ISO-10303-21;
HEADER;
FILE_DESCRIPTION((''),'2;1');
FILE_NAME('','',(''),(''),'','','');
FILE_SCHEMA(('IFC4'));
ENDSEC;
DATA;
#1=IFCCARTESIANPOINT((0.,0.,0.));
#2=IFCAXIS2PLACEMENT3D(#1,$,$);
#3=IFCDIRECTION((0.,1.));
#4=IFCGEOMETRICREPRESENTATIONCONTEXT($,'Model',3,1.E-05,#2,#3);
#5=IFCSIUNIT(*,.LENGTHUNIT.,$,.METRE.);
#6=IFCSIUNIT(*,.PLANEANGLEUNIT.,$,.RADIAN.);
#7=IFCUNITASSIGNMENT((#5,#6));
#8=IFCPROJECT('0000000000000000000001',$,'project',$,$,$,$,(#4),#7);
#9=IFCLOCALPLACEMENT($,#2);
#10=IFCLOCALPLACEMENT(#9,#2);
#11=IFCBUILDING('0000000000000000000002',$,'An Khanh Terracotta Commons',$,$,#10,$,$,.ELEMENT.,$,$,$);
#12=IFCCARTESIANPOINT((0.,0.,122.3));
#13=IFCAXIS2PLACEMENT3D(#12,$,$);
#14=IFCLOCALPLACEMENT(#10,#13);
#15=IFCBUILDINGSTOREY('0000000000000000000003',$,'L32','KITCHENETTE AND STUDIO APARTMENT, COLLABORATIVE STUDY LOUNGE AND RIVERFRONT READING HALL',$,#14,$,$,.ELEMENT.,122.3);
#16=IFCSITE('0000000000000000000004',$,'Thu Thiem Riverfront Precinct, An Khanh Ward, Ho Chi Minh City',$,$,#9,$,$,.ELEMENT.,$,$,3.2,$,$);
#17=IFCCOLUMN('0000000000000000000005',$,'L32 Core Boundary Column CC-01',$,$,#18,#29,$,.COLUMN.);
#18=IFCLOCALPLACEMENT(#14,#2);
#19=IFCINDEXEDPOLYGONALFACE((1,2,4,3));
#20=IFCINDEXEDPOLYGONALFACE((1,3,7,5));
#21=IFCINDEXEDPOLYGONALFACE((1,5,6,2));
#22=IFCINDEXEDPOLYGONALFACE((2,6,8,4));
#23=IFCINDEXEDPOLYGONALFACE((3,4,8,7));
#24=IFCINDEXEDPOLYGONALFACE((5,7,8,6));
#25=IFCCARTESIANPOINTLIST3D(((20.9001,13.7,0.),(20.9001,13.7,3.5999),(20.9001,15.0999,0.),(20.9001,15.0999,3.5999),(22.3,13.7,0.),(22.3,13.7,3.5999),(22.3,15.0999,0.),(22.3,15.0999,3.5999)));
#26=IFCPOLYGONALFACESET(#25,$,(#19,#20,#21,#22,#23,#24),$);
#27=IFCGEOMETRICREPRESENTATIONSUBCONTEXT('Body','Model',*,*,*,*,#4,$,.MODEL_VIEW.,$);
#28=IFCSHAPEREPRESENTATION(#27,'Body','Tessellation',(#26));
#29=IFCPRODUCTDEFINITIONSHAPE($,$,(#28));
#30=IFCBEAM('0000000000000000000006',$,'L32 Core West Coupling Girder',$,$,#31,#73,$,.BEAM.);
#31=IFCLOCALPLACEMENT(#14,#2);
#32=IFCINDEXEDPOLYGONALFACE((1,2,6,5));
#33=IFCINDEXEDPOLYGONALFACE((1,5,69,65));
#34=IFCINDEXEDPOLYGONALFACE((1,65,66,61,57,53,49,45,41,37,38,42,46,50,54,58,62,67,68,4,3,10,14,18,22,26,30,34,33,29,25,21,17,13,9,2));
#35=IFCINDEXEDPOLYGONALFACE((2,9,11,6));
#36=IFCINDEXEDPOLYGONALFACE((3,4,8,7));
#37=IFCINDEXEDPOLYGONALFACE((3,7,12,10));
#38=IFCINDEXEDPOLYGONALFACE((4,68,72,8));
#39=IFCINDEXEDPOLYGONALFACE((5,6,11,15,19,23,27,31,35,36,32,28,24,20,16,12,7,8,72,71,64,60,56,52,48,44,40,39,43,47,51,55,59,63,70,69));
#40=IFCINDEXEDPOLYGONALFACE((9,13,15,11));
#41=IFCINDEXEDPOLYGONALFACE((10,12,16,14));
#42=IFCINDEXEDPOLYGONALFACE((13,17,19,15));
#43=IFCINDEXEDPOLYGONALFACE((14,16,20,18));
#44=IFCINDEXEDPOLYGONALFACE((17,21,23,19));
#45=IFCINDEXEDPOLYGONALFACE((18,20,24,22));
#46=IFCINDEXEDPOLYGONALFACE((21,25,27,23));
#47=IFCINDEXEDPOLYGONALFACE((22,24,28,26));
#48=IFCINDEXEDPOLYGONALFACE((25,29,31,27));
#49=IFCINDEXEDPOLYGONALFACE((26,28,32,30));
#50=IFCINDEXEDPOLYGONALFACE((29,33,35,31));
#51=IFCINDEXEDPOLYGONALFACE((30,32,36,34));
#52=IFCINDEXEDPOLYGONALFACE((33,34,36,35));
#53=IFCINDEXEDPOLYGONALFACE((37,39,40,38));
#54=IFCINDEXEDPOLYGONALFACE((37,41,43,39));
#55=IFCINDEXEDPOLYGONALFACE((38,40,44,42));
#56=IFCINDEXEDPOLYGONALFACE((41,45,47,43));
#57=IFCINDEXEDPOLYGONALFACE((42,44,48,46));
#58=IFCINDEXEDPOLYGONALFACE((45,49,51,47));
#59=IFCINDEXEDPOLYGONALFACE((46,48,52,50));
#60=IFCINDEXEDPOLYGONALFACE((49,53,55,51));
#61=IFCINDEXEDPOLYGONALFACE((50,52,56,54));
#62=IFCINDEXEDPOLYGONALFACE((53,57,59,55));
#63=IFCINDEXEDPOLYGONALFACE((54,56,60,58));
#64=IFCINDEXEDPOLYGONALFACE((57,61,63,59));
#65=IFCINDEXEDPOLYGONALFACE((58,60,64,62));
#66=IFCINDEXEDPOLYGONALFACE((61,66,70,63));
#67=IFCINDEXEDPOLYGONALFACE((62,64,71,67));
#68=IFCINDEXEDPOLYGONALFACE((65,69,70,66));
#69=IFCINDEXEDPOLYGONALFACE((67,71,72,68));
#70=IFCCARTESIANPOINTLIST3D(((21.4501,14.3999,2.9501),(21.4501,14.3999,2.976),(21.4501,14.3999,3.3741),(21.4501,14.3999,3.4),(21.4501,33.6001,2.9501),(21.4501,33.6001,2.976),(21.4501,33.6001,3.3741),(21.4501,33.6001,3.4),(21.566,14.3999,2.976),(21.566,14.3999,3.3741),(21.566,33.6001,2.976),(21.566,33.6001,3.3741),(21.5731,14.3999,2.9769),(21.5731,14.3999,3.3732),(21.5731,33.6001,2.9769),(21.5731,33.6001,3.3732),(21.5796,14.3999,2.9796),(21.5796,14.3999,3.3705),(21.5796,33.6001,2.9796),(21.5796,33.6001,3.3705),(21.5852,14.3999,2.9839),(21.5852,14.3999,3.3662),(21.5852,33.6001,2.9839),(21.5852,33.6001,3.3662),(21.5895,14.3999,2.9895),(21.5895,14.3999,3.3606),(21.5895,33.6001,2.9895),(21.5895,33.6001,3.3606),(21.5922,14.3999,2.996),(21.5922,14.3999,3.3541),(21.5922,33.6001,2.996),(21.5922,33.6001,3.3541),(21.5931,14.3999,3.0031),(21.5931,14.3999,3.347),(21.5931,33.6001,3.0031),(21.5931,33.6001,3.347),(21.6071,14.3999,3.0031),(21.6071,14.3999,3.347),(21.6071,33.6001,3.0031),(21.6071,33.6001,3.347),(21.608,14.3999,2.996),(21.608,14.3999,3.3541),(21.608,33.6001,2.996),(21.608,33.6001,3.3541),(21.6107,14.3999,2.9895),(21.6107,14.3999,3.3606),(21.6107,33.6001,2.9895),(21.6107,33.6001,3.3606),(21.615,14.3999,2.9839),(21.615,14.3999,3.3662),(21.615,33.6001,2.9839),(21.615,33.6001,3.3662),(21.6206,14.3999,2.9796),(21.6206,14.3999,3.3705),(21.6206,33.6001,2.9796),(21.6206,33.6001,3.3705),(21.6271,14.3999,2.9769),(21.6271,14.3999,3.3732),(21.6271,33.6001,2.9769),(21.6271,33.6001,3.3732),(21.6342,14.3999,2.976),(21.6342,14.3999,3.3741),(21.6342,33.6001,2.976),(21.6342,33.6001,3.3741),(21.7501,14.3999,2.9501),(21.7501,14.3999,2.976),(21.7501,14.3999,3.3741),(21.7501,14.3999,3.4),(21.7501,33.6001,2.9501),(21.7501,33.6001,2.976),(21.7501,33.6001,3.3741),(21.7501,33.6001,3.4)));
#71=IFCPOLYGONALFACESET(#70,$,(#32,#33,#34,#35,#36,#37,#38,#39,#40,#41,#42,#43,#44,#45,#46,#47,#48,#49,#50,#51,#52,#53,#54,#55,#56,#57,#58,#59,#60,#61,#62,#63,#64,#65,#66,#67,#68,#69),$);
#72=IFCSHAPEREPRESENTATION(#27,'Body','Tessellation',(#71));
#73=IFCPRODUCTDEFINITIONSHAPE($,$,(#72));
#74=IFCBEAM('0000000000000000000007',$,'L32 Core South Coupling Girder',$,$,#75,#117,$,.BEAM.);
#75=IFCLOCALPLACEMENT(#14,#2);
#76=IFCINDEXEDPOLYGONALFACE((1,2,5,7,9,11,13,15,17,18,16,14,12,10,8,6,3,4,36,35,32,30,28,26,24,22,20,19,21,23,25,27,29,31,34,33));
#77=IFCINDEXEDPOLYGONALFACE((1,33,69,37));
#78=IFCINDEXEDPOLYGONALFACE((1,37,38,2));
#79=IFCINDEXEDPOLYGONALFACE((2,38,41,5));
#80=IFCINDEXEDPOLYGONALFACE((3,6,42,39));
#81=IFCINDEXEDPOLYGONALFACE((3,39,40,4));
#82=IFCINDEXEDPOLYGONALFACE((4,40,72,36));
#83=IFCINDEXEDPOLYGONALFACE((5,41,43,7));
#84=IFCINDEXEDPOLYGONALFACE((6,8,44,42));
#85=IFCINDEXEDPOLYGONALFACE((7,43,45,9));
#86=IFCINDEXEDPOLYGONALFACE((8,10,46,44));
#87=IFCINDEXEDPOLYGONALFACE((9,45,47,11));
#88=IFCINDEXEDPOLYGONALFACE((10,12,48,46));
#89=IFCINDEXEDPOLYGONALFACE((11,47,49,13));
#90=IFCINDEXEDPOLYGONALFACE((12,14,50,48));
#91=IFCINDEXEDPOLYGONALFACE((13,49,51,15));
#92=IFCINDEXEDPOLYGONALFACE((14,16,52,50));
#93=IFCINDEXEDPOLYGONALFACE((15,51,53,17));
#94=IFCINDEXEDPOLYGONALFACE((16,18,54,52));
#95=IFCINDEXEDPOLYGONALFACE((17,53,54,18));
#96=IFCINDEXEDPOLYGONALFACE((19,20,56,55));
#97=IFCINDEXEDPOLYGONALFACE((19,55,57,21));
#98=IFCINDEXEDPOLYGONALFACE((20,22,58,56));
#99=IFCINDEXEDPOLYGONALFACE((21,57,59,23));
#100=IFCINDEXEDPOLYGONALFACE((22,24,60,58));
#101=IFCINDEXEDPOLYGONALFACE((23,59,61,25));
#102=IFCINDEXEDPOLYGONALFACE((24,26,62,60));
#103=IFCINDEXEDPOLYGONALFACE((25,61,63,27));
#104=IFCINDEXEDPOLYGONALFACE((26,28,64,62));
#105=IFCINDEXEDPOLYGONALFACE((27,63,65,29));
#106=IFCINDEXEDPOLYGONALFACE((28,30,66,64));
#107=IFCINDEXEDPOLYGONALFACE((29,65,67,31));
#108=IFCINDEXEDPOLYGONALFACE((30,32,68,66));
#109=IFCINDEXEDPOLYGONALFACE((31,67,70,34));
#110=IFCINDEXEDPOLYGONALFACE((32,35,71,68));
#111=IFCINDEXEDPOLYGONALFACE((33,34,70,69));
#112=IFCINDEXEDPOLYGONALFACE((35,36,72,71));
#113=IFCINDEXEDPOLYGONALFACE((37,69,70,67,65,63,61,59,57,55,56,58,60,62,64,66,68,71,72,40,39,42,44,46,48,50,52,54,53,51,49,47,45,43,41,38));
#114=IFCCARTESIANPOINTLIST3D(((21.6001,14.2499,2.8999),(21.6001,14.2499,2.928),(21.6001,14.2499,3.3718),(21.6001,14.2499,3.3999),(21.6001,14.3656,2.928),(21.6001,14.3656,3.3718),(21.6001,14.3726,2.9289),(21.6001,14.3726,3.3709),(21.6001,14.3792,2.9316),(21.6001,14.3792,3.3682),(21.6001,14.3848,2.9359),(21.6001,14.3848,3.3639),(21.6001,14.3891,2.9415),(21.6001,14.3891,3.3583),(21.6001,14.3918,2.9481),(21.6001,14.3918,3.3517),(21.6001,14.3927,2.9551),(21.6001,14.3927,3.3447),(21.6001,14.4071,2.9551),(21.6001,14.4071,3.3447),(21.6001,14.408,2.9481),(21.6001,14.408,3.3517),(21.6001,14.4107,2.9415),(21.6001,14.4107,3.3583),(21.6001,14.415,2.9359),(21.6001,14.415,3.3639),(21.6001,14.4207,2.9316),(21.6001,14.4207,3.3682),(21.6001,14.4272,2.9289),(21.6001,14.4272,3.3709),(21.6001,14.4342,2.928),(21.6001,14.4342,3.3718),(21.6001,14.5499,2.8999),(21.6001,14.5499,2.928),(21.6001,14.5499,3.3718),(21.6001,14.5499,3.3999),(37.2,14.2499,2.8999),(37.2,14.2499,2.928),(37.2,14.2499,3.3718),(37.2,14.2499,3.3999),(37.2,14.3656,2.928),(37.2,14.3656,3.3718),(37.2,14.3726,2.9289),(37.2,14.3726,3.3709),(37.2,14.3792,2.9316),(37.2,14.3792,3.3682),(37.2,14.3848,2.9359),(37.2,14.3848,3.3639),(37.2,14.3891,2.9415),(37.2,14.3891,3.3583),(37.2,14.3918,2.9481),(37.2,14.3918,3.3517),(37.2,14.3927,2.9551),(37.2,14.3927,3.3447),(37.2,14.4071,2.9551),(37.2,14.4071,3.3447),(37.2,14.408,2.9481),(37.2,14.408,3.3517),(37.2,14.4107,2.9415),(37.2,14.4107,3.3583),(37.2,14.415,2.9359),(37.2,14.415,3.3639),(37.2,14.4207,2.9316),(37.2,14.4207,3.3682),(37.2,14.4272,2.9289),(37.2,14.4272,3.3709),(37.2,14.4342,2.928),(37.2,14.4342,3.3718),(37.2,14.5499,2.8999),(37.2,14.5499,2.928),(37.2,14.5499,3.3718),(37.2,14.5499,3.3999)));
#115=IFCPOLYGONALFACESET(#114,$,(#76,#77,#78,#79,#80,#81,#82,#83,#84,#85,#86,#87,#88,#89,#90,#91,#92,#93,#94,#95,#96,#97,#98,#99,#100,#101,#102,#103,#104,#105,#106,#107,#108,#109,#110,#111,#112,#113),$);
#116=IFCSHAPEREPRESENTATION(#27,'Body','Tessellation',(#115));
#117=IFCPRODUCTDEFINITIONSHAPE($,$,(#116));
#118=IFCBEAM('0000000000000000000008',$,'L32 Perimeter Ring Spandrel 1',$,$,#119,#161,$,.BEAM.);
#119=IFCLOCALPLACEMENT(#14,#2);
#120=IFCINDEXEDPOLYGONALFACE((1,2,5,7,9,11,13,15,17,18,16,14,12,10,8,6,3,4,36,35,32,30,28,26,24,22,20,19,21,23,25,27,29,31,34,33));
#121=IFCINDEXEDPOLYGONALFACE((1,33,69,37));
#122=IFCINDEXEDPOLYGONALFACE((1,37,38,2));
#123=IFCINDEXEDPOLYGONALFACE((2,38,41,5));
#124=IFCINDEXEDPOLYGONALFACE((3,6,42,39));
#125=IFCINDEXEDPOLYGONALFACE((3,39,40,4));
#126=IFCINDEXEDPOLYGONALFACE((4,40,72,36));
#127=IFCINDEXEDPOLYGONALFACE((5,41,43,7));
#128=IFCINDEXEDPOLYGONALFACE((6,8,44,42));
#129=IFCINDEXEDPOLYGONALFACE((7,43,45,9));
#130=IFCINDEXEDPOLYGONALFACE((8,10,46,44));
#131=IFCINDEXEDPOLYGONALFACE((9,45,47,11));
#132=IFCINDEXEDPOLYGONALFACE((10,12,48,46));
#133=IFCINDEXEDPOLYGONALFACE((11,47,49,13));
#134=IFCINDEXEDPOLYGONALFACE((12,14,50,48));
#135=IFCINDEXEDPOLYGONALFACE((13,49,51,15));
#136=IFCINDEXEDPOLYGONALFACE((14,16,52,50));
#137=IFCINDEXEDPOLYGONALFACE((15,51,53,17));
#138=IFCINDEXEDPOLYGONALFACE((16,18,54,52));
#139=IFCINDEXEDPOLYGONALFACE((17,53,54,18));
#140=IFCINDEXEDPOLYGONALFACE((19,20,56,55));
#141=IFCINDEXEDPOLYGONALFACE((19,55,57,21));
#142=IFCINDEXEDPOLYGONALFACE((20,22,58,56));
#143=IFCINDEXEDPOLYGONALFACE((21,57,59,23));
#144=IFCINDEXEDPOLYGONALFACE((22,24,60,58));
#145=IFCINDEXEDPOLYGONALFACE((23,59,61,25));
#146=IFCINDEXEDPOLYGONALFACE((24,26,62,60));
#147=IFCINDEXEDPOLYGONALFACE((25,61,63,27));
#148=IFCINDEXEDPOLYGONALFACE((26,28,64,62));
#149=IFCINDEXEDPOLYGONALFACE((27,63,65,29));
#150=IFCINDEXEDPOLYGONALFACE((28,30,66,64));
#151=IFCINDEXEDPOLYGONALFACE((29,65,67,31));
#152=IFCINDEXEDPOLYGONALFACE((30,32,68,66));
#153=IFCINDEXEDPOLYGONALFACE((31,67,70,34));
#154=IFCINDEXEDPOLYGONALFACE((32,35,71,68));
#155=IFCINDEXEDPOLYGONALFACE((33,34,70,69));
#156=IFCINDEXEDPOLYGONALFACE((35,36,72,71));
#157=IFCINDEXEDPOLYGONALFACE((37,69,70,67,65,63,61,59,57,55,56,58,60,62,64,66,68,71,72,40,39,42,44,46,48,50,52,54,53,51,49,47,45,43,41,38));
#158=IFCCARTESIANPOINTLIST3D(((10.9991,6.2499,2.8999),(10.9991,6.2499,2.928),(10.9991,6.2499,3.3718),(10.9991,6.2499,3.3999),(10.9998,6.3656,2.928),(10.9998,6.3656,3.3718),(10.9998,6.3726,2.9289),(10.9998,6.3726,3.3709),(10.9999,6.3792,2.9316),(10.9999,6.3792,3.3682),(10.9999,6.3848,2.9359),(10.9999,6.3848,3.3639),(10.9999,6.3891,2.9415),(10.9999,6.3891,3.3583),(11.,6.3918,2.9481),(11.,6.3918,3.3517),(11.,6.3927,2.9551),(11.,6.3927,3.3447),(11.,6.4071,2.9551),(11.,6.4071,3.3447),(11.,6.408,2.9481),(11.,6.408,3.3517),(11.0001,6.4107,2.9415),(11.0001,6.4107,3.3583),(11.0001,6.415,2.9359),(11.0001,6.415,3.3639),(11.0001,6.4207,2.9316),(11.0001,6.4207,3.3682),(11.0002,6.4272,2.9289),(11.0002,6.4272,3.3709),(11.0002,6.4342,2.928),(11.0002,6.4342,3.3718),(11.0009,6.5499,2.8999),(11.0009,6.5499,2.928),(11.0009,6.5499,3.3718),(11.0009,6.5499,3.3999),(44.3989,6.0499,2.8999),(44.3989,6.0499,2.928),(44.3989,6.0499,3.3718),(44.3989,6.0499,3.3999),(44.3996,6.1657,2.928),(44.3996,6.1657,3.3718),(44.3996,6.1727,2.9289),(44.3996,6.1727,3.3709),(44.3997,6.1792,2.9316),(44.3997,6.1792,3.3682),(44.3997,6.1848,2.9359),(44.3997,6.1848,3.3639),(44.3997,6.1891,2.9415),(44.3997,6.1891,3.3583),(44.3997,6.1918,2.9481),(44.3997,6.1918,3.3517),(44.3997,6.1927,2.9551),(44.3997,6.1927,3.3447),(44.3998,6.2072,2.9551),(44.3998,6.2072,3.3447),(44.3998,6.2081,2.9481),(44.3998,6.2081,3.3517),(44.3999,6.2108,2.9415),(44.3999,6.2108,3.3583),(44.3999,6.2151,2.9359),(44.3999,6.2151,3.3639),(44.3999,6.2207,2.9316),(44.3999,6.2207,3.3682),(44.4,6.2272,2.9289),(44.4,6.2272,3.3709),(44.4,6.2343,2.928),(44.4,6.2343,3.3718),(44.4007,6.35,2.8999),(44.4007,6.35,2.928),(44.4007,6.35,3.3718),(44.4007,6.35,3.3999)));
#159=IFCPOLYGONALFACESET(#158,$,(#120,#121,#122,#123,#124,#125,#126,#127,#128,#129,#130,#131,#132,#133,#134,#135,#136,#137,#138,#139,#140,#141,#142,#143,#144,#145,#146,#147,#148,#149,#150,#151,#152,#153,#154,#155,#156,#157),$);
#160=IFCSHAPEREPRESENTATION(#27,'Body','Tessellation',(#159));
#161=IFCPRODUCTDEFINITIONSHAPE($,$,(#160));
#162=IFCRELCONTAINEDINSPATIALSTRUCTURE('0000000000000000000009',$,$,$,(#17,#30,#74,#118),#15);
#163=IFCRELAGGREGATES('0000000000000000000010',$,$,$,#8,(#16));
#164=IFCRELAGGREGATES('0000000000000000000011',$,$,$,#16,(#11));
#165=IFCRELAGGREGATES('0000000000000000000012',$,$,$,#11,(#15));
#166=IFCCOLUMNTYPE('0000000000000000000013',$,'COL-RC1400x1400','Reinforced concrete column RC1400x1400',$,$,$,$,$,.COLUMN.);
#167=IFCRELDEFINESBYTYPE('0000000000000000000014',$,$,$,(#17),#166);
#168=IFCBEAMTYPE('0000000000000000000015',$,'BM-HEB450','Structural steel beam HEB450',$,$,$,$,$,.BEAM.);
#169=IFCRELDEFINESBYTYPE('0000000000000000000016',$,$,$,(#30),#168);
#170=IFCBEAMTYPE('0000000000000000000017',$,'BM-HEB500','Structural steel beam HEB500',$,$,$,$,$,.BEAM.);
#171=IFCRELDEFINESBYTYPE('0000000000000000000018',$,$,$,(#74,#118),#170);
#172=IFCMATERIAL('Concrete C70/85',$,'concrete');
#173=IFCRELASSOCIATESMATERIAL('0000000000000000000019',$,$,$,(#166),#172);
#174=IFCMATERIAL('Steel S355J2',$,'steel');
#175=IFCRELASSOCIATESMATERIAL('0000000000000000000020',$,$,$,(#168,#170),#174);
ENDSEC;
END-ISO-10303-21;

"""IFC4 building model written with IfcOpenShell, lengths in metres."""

from ifc_helpers import new_model, si_unit, direction, frame, origin, origin_2d, place, context, subcontext, project, spatial, rectangle, i_section, extrude, material, material_profile, profile_set, type_object, element, save


model = new_model("IFC4")

# Units and contexts
model_context = context("Model", 3, precision=1e-05, world=origin(), true_north=direction((0.0, 1.0)))
body_context = subcontext(model_context, "Body", "Model", "MODEL_VIEW")
ifc_project = project(units=[si_unit("LENGTHUNIT", "METRE"), si_unit("PLANEANGLEUNIT", "RADIAN")], contexts=[model_context])

# Site, building, storey
site_placement = place(None, origin())
site = spatial("IfcSite", under=ifc_project, at=site_placement, Name="Thu Thiem Riverfront Precinct, An Khanh Ward, Ho Chi Minh City", CompositionType="ELEMENT", RefElevation=3.2)
building_placement = place(site_placement, origin())
building = spatial("IfcBuilding", under=site, at=building_placement, Name="An Khanh Terracotta Commons", CompositionType="ELEMENT")
storey_placement = place(building_placement, frame((0.0, 0.0, 122.3)))
storey = spatial("IfcBuildingStorey", under=building, at=storey_placement, Name="L32", Description="KITCHENETTE AND STUDIO APARTMENT, COLLABORATIVE STUDY LOUNGE AND RIVERFRONT READING HALL", CompositionType="ELEMENT", Elevation=122.3)

# Column
ifc_material_1 = material(Name="Concrete C70/85", Category="concrete")
ifc_material_profile_1 = material_profile(ifc_material_1, rectangle(XDim=1.3999, YDim=1.3999, at=origin_2d()), Name="RC1400x1400")
ifc_profile_set_1 = profile_set([ifc_material_profile_1], Name="Concrete C70/85")
column_type = type_object("IfcColumnType", Name="COL-RC1400x1400", Description="Reinforced concrete column RC1400x1400", PredefinedType="COLUMN", material=ifc_profile_set_1)
column_placement = place(storey_placement, frame((21.6001, 14.3999, 0.0), z_axis=(0.0, 0.0, 1.0), x_axis=(1.0, 0.0, 0.0)))
element("IfcColumn", 1, at=column_placement, inside=storey, type_object=column_type, Name="L32 Core Boundary Column CC-01", PredefinedType="COLUMN", context=body_context, shape_type="SweptSolid", body=[
    extrude(rectangle(XDim=1.3999, YDim=1.3999, at=origin_2d()), origin(), (0.0, 0.0, 1.0), 3.5999),
])

# Beams
ifc_material_2 = material(Name="Steel S355J2", Category="steel")
ifc_material_profile_2 = material_profile(ifc_material_2, i_section(OverallWidth=0.3, OverallDepth=0.45, WebThickness=0.0139, FlangeThickness=0.0259, FilletRadius=0.0271, at=origin_2d()), Name="HEB450")
ifc_profile_set_2 = profile_set([ifc_material_profile_2], Name="Steel S355J2")
beam_type_1 = type_object("IfcBeamType", Name="BM-HEB450", Description="Structural steel beam HEB450", PredefinedType="BEAM", material=ifc_profile_set_2)
beam_1_placement = place(storey_placement, frame((21.6001, 14.3999, 3.175), z_axis=(0.0, 1.0, 0.0), x_axis=(-1.0, 0.0, 0.0)))
element("IfcBeam", 2, at=beam_1_placement, inside=storey, type_object=beam_type_1, Name="L32 Core West Coupling Girder", PredefinedType="BEAM", context=body_context, shape_type="SweptSolid", body=[
    extrude(i_section(OverallWidth=0.3, OverallDepth=0.45, WebThickness=0.0139, FlangeThickness=0.0259, FilletRadius=0.0271, at=origin_2d()), origin(), (0.0, 0.0, 1.0), 19.2002),
])
ifc_material_profile_3 = material_profile(ifc_material_2, i_section(OverallWidth=0.3, OverallDepth=0.5, WebThickness=0.0144, FlangeThickness=0.0281, FilletRadius=0.0271, at=origin_2d()), Name="HEB500")
ifc_profile_set_3 = profile_set([ifc_material_profile_3], Name="Steel S355J2")
beam_type_2 = type_object("IfcBeamType", Name="BM-HEB500", Description="Structural steel beam HEB500", PredefinedType="BEAM", material=ifc_profile_set_3)
beam_2_placement = place(storey_placement, frame((21.6001, 14.3999, 3.1499), z_axis=(1.0, 0.0, 0.0), x_axis=(0.0, 1.0, 0.0)))
element("IfcBeam", 3, at=beam_2_placement, inside=storey, type_object=beam_type_2, Name="L32 Core South Coupling Girder", PredefinedType="BEAM", context=body_context, shape_type="SweptSolid", body=[
    extrude(i_section(OverallWidth=0.3, OverallDepth=0.5, WebThickness=0.0144, FlangeThickness=0.0281, FilletRadius=0.0271, at=origin_2d()), origin(), (0.0, 0.0, 1.0), 15.5999),
])
beam_3_placement = place(storey_placement, frame((11.0, 6.3999, 3.1499), z_axis=(0.999982, -0.005986, 0.0), x_axis=(0.005986, 0.999982, 0.0)))
element("IfcBeam", 4, at=beam_3_placement, inside=storey, type_object=beam_type_2, Name="L32 Perimeter Ring Spandrel 1", PredefinedType="BEAM", context=body_context, shape_type="SweptSolid", body=[
    extrude(i_section(OverallWidth=0.3, OverallDepth=0.5, WebThickness=0.0144, FlangeThickness=0.0281, FilletRadius=0.0271, at=origin_2d()), origin(), (0.0, 0.0, 1.0), 33.4004),
])

save(model, "model.ifc")
